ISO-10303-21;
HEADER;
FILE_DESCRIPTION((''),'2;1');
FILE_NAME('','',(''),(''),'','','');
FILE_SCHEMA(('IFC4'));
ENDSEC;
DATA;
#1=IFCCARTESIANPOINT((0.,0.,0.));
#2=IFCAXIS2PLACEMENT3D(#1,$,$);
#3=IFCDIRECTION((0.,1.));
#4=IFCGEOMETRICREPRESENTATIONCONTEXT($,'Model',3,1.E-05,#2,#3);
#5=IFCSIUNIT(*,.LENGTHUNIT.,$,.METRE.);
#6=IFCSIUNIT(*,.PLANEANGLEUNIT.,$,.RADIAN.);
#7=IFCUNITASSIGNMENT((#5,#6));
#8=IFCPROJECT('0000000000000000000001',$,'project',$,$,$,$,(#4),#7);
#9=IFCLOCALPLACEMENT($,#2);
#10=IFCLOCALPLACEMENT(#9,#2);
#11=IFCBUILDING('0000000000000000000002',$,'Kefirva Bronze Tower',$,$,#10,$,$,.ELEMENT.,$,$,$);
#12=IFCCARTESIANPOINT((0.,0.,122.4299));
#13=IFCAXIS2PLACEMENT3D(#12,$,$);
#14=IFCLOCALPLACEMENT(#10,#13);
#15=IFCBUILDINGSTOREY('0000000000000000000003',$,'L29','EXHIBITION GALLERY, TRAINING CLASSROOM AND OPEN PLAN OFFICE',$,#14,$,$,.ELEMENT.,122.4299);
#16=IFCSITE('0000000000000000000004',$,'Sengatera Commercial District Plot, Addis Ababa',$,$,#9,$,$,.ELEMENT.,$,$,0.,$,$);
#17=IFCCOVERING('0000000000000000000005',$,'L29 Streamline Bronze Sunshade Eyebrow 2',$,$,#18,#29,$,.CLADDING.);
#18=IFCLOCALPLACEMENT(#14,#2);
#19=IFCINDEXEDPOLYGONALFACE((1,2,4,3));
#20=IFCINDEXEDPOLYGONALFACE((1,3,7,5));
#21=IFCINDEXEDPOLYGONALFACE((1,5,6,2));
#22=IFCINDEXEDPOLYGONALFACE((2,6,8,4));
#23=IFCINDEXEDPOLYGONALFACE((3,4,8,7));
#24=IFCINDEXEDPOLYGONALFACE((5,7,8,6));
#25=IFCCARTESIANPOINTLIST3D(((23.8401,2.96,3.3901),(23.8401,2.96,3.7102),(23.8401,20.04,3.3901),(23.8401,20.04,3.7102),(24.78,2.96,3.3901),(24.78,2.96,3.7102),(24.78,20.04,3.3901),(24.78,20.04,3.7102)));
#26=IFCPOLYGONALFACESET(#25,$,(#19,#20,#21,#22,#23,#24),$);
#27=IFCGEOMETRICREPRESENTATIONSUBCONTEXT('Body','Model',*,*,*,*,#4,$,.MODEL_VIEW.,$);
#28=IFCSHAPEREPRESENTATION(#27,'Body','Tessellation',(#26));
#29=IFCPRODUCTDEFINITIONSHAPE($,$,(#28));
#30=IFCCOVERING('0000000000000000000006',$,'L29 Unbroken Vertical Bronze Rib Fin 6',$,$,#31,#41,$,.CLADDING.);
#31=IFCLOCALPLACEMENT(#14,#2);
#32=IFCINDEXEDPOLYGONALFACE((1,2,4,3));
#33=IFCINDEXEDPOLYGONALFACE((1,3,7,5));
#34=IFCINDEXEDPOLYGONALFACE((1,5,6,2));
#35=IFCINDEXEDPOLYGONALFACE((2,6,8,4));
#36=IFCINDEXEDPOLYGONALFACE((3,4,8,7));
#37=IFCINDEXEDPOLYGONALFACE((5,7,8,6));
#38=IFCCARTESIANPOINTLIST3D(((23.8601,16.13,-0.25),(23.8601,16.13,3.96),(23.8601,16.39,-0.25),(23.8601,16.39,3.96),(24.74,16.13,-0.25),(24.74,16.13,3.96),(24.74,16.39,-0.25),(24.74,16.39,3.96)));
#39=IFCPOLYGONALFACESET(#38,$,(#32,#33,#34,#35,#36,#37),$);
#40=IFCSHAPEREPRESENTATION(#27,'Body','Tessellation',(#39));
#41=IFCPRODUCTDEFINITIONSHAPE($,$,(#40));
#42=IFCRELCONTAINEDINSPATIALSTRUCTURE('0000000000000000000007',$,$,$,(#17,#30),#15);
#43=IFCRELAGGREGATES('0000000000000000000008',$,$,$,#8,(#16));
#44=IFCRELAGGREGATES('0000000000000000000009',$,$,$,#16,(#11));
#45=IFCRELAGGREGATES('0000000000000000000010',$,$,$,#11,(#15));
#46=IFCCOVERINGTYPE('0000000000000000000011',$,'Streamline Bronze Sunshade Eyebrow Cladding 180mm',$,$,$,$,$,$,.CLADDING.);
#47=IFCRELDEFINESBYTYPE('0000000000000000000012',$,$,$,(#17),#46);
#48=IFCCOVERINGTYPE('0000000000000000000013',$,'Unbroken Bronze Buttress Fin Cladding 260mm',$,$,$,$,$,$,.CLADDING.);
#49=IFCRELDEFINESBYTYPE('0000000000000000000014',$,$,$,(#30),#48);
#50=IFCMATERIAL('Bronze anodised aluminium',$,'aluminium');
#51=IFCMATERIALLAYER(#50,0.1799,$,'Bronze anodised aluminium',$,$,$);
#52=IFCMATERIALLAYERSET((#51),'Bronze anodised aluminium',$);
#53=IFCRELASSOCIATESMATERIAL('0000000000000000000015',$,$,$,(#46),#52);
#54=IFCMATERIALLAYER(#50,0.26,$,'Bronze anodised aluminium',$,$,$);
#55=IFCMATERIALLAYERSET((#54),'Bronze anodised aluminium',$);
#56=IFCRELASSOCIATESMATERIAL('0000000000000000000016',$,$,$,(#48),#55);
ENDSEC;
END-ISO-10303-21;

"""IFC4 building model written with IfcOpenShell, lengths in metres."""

from ifc_helpers import new_model, si_unit, direction, frame, origin, origin_2d, place, context, subcontext, project, spatial, rectangle, extrude, material, layer, layer_set, type_object, element, save


model = new_model("IFC4")

# Units and contexts
model_context = context("Model", 3, precision=1e-05, world=origin(), true_north=direction((0.0, 1.0)))
body_context = subcontext(model_context, "Body", "Model", "MODEL_VIEW")
ifc_project = project(units=[si_unit("LENGTHUNIT", "METRE"), si_unit("PLANEANGLEUNIT", "RADIAN")], contexts=[model_context])

# Site, building, storey
site_placement = place(None, origin())
site = spatial("IfcSite", under=ifc_project, at=site_placement, Name="Sengatera Commercial District Plot, Addis Ababa", CompositionType="ELEMENT", RefElevation=0.0)
building_placement = place(site_placement, origin())
building = spatial("IfcBuilding", under=site, at=building_placement, Name="Kefirva Bronze Tower", CompositionType="ELEMENT")
storey_placement = place(building_placement, frame((0.0, 0.0, 122.4299)))
storey = spatial("IfcBuildingStorey", under=building, at=storey_placement, Name="L29", Description="EXHIBITION GALLERY, TRAINING CLASSROOM AND OPEN PLAN OFFICE", CompositionType="ELEMENT", Elevation=122.4299)

# Shared definitions
ifc_material_1 = material(Name="Bronze anodised aluminium", Category="aluminium")

# Coverings
ifc_layer_1 = layer(ifc_material_1, 0.1799, Name="Bronze anodised aluminium")
ifc_layer_set_1 = layer_set([ifc_layer_1], Name="Bronze anodised aluminium")
covering_type_1 = type_object("IfcCoveringType", Name="Streamline Bronze Sunshade Eyebrow Cladding 180mm", PredefinedType="CLADDING", material=ifc_layer_set_1)
covering_1_placement = place(storey_placement, frame((24.3101, 11.5, 3.3901), z_axis=(0.0, 0.0, 1.0), x_axis=(0.0, 1.0, 0.0)))
element("IfcCovering", 1, at=covering_1_placement, inside=storey, type_object=covering_type_1, Name="L29 Streamline Bronze Sunshade Eyebrow 2", PredefinedType="CLADDING", context=body_context, shape_type="SweptSolid", body=[
    extrude(rectangle(XDim=17.0801, YDim=0.9399, at=origin_2d()), origin(), (0.0, 0.0, 1.0), 0.3201),
])
ifc_layer_2 = layer(ifc_material_1, 0.26, Name="Bronze anodised aluminium")
ifc_layer_set_2 = layer_set([ifc_layer_2], Name="Bronze anodised aluminium")
covering_type_2 = type_object("IfcCoveringType", Name="Unbroken Bronze Buttress Fin Cladding 260mm", PredefinedType="CLADDING", material=ifc_layer_set_2)
covering_2_placement = place(storey_placement, frame((24.3, 16.26, -0.25), z_axis=(0.0, 0.0, 1.0), x_axis=(0.0, 1.0, 0.0)))
element("IfcCovering", 2, at=covering_2_placement, inside=storey, type_object=covering_type_2, Name="L29 Unbroken Vertical Bronze Rib Fin 6", PredefinedType="CLADDING", context=body_context, shape_type="SweptSolid", body=[
    extrude(rectangle(XDim=0.26, YDim=0.8799, at=origin_2d()), origin(), (0.0, 0.0, 1.0), 4.21),
])

save(model, "model.ifc")
